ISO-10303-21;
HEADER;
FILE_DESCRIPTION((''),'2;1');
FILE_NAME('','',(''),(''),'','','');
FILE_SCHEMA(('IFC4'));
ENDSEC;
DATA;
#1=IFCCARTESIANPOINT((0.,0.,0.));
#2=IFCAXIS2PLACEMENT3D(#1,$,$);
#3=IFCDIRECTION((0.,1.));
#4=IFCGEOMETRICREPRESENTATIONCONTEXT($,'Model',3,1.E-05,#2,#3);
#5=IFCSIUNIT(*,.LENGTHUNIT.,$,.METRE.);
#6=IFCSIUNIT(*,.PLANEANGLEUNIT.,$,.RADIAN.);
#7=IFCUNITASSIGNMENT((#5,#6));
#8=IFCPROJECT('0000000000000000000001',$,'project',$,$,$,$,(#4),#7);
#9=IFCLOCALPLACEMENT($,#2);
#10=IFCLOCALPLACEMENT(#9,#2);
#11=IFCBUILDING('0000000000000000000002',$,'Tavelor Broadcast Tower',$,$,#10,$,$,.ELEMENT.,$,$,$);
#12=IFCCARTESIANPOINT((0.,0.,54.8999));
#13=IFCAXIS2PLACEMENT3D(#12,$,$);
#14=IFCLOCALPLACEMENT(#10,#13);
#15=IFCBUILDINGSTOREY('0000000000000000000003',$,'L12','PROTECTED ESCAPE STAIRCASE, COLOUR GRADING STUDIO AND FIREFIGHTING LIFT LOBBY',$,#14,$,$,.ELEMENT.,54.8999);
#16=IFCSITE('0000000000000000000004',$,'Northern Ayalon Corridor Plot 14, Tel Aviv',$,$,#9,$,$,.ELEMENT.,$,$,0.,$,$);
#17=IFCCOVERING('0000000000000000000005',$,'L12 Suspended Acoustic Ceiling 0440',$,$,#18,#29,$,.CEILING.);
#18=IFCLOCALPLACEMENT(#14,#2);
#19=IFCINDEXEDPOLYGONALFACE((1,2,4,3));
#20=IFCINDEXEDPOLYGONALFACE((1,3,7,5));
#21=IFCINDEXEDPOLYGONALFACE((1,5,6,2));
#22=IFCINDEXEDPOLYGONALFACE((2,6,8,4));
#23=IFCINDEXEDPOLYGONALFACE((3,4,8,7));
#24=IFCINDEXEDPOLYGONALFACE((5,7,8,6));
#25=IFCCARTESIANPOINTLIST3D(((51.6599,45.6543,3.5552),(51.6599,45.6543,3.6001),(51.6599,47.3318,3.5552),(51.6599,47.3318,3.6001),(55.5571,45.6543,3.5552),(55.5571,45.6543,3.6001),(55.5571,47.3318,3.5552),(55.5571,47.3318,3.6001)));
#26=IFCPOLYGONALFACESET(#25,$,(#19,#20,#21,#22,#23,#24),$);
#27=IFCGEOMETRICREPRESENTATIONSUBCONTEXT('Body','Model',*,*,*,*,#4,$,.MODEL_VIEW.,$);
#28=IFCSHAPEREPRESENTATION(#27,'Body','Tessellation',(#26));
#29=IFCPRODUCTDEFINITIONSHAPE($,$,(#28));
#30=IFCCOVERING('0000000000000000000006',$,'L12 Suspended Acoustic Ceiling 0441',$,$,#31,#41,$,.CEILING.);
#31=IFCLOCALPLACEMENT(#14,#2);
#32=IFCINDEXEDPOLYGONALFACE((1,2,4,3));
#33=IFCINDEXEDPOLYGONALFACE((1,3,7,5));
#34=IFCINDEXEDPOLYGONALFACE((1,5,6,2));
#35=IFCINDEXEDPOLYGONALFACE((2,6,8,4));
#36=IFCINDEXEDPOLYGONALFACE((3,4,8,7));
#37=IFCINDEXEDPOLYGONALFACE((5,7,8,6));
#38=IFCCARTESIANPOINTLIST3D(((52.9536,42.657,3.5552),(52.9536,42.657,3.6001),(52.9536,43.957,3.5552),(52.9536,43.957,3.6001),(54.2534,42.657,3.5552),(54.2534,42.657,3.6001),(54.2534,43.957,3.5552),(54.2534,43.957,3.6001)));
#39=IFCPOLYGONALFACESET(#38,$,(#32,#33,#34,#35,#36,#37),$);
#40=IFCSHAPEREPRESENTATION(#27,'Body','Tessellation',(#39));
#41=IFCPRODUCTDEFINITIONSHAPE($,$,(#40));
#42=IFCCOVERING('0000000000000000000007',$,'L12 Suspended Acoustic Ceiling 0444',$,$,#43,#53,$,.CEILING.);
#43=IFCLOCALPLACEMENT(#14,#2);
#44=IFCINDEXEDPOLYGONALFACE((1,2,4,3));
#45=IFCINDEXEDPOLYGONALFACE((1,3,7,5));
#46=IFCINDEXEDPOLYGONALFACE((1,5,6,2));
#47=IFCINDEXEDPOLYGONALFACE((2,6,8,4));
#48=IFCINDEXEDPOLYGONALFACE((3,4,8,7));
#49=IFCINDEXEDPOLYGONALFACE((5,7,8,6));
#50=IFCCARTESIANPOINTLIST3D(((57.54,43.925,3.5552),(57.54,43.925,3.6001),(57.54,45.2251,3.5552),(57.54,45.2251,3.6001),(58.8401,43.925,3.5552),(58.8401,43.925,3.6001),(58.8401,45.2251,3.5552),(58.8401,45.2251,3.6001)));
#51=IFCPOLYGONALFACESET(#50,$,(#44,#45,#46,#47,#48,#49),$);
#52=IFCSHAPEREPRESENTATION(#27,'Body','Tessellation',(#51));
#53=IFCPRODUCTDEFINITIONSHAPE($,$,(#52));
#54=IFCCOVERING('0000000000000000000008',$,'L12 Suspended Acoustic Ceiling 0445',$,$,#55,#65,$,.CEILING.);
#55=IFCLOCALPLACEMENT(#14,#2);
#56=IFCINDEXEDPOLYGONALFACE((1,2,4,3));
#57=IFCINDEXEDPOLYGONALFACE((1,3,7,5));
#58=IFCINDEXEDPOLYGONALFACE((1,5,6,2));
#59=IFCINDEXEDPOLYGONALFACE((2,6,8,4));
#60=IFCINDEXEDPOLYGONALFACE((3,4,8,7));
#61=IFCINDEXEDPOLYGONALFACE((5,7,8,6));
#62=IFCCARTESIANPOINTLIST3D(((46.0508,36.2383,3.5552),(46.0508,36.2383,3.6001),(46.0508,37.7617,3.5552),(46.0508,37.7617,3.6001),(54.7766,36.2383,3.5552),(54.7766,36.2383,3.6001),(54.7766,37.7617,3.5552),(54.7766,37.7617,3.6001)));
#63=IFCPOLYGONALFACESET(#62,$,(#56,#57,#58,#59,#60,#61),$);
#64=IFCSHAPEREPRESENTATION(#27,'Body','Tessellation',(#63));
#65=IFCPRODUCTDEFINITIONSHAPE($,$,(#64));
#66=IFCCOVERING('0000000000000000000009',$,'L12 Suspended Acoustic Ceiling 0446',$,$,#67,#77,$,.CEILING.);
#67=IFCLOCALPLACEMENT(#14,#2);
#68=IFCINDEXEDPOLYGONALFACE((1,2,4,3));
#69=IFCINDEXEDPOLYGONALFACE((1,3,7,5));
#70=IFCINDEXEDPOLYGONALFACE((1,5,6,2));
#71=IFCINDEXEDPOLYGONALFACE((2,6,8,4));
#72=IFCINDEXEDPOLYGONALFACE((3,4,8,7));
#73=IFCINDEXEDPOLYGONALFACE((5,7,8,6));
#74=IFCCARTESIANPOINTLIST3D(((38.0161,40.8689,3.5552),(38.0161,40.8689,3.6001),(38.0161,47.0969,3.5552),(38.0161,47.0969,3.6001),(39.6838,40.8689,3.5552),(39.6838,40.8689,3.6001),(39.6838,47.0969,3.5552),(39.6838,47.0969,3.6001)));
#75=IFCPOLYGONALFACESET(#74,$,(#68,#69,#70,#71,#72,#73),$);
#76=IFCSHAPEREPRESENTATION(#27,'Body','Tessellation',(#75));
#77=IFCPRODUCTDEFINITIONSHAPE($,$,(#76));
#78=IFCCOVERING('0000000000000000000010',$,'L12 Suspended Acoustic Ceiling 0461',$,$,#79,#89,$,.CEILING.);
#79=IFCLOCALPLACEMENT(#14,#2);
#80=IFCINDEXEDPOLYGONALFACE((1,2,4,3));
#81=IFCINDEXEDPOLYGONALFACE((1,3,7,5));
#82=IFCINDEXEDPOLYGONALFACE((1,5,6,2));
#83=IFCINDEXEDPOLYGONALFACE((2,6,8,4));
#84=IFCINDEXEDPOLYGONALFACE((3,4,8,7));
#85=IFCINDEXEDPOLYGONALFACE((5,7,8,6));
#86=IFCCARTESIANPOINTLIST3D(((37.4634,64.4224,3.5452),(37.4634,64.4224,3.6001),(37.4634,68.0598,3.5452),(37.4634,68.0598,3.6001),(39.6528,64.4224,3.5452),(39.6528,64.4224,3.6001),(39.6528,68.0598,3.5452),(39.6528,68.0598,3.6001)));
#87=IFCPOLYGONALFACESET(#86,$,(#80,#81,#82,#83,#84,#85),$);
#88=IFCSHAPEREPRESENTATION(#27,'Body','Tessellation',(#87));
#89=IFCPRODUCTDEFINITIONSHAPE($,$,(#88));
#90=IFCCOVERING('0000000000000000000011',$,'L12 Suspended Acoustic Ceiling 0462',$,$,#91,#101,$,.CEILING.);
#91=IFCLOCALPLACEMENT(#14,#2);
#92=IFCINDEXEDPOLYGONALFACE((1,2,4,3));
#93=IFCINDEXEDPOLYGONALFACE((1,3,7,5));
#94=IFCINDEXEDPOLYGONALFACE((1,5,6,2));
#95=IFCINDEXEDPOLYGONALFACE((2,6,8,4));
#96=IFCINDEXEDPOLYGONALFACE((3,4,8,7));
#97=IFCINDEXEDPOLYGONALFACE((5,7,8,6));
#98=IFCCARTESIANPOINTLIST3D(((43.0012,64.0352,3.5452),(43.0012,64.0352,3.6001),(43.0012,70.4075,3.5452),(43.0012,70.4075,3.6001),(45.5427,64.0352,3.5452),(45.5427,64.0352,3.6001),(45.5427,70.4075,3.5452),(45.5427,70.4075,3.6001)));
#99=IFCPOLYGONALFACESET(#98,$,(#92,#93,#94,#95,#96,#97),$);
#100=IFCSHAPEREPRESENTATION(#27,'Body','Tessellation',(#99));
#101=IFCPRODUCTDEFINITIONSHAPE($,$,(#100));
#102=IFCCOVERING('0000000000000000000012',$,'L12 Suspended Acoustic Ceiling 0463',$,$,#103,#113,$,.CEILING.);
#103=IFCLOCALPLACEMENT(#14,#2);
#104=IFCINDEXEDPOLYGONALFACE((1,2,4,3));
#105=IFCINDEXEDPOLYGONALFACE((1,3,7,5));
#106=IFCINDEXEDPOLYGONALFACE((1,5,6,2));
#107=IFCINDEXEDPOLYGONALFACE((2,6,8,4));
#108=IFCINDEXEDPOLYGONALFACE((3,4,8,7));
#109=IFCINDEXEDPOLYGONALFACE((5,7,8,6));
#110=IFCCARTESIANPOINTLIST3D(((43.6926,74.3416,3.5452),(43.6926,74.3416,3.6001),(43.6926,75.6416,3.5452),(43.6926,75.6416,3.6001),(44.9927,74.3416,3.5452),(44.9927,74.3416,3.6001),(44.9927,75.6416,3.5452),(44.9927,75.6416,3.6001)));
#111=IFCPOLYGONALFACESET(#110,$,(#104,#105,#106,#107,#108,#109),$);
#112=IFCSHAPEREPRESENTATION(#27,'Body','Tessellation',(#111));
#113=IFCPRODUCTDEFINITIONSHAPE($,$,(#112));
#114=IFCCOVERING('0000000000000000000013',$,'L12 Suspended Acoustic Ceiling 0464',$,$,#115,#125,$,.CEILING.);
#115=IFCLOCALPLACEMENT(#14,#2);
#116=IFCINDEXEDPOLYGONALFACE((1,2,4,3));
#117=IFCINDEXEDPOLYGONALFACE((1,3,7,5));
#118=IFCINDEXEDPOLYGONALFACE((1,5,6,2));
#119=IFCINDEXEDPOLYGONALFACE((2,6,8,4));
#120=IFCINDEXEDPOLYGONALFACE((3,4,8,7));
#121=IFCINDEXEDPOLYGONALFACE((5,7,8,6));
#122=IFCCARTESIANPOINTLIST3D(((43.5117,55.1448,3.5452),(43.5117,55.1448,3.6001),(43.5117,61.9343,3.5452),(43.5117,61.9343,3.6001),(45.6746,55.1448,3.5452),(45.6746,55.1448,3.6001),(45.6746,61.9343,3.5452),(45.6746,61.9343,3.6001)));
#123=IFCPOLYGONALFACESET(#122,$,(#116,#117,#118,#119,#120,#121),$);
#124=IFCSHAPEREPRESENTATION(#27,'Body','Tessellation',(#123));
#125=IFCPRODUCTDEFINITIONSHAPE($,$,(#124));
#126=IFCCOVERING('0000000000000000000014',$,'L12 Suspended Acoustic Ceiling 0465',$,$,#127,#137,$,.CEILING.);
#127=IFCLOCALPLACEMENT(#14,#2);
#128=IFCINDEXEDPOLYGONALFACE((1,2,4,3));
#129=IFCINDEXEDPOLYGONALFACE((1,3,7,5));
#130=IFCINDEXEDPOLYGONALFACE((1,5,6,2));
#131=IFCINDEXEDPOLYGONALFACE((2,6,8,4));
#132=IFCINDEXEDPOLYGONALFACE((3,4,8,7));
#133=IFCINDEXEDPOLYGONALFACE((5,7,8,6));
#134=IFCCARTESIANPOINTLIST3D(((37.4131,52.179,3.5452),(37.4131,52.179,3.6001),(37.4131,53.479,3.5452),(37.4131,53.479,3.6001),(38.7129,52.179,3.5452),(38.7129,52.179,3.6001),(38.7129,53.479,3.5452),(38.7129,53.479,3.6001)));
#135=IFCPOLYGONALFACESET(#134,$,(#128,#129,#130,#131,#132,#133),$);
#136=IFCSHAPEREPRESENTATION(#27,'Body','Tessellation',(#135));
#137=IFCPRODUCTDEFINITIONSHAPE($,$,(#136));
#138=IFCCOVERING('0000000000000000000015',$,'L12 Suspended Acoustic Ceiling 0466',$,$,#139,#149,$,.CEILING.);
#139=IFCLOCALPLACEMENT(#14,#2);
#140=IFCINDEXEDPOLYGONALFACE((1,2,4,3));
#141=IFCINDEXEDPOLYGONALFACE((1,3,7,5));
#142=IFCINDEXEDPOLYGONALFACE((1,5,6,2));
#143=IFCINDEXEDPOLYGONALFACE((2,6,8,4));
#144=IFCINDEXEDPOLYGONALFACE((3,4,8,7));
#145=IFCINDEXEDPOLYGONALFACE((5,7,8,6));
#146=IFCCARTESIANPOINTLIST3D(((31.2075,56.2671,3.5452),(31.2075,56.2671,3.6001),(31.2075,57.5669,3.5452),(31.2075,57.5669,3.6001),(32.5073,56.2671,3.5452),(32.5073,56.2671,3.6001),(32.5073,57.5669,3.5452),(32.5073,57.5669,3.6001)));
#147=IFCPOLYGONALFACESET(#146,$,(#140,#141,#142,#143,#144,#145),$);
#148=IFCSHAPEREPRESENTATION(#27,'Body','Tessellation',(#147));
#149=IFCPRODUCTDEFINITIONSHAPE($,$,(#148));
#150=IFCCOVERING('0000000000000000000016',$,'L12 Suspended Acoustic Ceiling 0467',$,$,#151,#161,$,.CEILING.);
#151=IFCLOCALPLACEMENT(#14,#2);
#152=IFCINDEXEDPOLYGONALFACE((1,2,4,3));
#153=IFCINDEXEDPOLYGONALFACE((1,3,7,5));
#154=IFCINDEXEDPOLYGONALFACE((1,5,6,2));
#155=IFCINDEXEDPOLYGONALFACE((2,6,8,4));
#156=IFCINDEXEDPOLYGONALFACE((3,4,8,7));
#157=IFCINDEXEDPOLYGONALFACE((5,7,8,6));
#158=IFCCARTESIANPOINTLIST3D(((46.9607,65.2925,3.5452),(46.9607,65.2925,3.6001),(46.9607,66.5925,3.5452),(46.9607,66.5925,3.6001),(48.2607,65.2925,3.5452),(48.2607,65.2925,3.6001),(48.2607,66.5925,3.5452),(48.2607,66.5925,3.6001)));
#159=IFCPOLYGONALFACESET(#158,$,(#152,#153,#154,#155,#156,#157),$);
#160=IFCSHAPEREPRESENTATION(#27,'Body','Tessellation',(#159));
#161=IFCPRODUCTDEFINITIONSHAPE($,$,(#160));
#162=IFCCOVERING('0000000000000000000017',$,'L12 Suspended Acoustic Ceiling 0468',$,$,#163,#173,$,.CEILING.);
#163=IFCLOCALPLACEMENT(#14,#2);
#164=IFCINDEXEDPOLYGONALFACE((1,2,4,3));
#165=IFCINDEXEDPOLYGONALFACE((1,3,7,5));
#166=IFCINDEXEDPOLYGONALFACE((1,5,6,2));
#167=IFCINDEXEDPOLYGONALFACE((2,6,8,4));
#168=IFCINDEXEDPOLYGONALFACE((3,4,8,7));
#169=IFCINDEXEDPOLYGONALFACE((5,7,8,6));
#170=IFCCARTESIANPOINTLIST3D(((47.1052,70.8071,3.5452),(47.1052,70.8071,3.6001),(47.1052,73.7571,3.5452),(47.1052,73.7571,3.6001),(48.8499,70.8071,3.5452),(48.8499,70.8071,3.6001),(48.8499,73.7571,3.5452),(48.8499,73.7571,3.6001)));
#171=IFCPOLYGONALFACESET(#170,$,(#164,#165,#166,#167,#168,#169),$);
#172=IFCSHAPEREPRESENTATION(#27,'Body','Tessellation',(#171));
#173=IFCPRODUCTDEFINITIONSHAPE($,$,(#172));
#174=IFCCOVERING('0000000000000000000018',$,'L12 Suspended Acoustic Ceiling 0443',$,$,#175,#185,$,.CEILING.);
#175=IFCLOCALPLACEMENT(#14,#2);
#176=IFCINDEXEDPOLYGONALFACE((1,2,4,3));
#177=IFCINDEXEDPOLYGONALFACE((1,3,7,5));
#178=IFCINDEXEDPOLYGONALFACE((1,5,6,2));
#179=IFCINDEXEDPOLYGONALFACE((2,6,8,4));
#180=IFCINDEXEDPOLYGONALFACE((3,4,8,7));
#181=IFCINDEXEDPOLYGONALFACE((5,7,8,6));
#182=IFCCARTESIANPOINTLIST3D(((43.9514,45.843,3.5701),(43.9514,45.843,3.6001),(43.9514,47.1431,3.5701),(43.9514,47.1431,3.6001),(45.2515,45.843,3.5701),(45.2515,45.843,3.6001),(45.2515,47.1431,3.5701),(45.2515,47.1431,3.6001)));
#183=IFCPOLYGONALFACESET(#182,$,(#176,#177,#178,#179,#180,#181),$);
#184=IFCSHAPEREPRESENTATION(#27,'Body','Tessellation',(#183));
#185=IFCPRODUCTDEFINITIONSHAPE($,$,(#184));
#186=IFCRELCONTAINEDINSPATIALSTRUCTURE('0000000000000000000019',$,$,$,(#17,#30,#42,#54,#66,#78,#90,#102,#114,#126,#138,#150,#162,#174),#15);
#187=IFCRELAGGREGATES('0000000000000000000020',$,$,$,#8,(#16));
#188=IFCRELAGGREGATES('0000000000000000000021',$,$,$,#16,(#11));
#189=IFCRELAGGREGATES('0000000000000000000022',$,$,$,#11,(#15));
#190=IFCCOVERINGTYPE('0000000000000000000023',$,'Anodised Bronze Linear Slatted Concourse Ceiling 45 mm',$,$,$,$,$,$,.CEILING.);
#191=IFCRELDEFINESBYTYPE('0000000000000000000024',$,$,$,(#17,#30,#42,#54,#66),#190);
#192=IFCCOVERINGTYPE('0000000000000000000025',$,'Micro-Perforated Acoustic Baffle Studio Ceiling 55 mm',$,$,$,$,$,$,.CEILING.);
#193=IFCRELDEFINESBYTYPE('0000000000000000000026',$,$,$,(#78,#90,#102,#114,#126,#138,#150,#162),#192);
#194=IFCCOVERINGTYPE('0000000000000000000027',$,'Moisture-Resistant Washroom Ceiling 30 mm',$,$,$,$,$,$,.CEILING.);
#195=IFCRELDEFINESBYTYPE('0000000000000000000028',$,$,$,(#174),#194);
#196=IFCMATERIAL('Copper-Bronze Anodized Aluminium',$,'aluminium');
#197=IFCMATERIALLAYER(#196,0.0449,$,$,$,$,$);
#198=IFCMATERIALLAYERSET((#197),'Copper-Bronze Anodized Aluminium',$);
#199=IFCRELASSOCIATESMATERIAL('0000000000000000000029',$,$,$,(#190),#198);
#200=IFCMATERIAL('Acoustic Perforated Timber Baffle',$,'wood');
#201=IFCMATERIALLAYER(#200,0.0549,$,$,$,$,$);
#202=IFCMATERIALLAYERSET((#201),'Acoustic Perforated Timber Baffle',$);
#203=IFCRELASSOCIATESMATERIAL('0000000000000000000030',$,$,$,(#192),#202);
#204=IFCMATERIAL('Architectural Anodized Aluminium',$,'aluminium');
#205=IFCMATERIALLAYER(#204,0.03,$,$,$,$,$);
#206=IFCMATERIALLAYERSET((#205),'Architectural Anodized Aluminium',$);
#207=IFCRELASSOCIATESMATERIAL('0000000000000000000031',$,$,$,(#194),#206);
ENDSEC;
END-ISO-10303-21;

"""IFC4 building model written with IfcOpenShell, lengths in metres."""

from ifc_helpers import new_model, si_unit, direction, frame, origin, place, context, subcontext, project, spatial, polyline, outline, extrude, material, layer, layer_set, type_object, element, save


model = new_model("IFC4")

# Units and contexts
model_context = context("Model", 3, precision=1e-05, world=origin(), true_north=direction((0.0, 1.0)))
body_context = subcontext(model_context, "Body", "Model", "MODEL_VIEW")
ifc_project = project(units=[si_unit("LENGTHUNIT", "METRE"), si_unit("PLANEANGLEUNIT", "RADIAN")], contexts=[model_context])

# Site, building, storey
site_placement = place(None, origin())
site = spatial("IfcSite", under=ifc_project, at=site_placement, Name="Northern Ayalon Corridor Plot 14, Tel Aviv", CompositionType="ELEMENT", RefElevation=0.0)
building_placement = place(site_placement, origin())
building = spatial("IfcBuilding", under=site, at=building_placement, Name="Tavelor Broadcast Tower", CompositionType="ELEMENT")
storey_placement = place(building_placement, frame((0.0, 0.0, 54.8999)))
storey = spatial("IfcBuildingStorey", under=building, at=storey_placement, Name="L12", Description="PROTECTED ESCAPE STAIRCASE, COLOUR GRADING STUDIO AND FIREFIGHTING LIFT LOBBY", CompositionType="ELEMENT", Elevation=54.8999)

# Coverings
ifc_material_1 = material(Name="Copper-Bronze Anodized Aluminium", Category="aluminium")
ifc_layer_1 = layer(ifc_material_1, 0.0449)
ifc_layer_set_1 = layer_set([ifc_layer_1], Name="Copper-Bronze Anodized Aluminium")
covering_type_1 = type_object("IfcCoveringType", Name="Anodised Bronze Linear Slatted Concourse Ceiling 45 mm", PredefinedType="CEILING", material=ifc_layer_set_1)
covering_1_placement = place(storey_placement, frame((0.0, 0.0, 3.5552)))
element("IfcCovering", 1, at=covering_1_placement, inside=storey, type_object=covering_type_1, Name="L12 Suspended Acoustic Ceiling 0440", PredefinedType="CEILING", context=body_context, shape_type="SweptSolid", body=[
    extrude(outline(polyline([(51.6599, 45.6543), (55.5571, 45.6543), (55.5571, 47.3318), (51.6599, 47.3318), (51.6599, 45.6543)])), origin(), (0.0, 0.0, 1.0), 0.0449),
])
covering_2_placement = place(storey_placement, frame((0.0, 0.0, 3.5552)))
element("IfcCovering", 2, at=covering_2_placement, inside=storey, type_object=covering_type_1, Name="L12 Suspended Acoustic Ceiling 0441", PredefinedType="CEILING", context=body_context, shape_type="SweptSolid", body=[
    extrude(outline(polyline([(52.9536, 42.657), (54.2534, 42.657), (54.2534, 43.957), (52.9536, 43.957), (52.9536, 42.657)])), origin(), (0.0, 0.0, 1.0), 0.0449),
])
covering_3_placement = place(storey_placement, frame((0.0, 0.0, 3.5552)))
element("IfcCovering", 3, at=covering_3_placement, inside=storey, type_object=covering_type_1, Name="L12 Suspended Acoustic Ceiling 0444", PredefinedType="CEILING", context=body_context, shape_type="SweptSolid", body=[
    extrude(outline(polyline([(57.54, 43.925), (58.8401, 43.925), (58.8401, 45.2251), (57.54, 45.2251), (57.54, 43.925)])), origin(), (0.0, 0.0, 1.0), 0.0449),
])
covering_4_placement = place(storey_placement, frame((0.0, 0.0, 3.5552)))
element("IfcCovering", 4, at=covering_4_placement, inside=storey, type_object=covering_type_1, Name="L12 Suspended Acoustic Ceiling 0445", PredefinedType="CEILING", context=body_context, shape_type="SweptSolid", body=[
    extrude(outline(polyline([(46.0508, 36.2383), (54.7766, 36.2383), (54.7766, 37.7617), (46.0508, 37.7617), (46.0508, 36.2383)])), origin(), (0.0, 0.0, 1.0), 0.0449),
])
covering_5_placement = place(storey_placement, frame((0.0, 0.0, 3.5552)))
element("IfcCovering", 5, at=covering_5_placement, inside=storey, type_object=covering_type_1, Name="L12 Suspended Acoustic Ceiling 0446", PredefinedType="CEILING", context=body_context, shape_type="SweptSolid", body=[
    extrude(outline(polyline([(38.0161, 40.8689), (39.6838, 40.8689), (39.6838, 47.0969), (38.0161, 47.0969), (38.0161, 40.8689)])), origin(), (0.0, 0.0, 1.0), 0.0449),
])
ifc_material_2 = material(Name="Acoustic Perforated Timber Baffle", Category="wood")
ifc_layer_2 = layer(ifc_material_2, 0.0549)
ifc_layer_set_2 = layer_set([ifc_layer_2], Name="Acoustic Perforated Timber Baffle")
covering_type_2 = type_object("IfcCoveringType", Name="Micro-Perforated Acoustic Baffle Studio Ceiling 55 mm", PredefinedType="CEILING", material=ifc_layer_set_2)
covering_6_placement = place(storey_placement, frame((0.0, 0.0, 3.5452)))
element("IfcCovering", 6, at=covering_6_placement, inside=storey, type_object=covering_type_2, Name="L12 Suspended Acoustic Ceiling 0461", PredefinedType="CEILING", context=body_context, shape_type="SweptSolid", body=[
    extrude(outline(polyline([(37.4634, 64.4224), (39.6528, 64.4224), (39.6528, 68.0598), (37.4634, 68.0598), (37.4634, 64.4224)])), origin(), (0.0, 0.0, 1.0), 0.0549),
])
covering_7_placement = place(storey_placement, frame((0.0, 0.0, 3.5452)))
element("IfcCovering", 7, at=covering_7_placement, inside=storey, type_object=covering_type_2, Name="L12 Suspended Acoustic Ceiling 0462", PredefinedType="CEILING", context=body_context, shape_type="SweptSolid", body=[
    extrude(outline(polyline([(43.0012, 64.0352), (45.5427, 64.0352), (45.5427, 70.4075), (43.0012, 70.4075), (43.0012, 64.0352)])), origin(), (0.0, 0.0, 1.0), 0.0549),
])
covering_8_placement = place(storey_placement, frame((0.0, 0.0, 3.5452)))
element("IfcCovering", 8, at=covering_8_placement, inside=storey, type_object=covering_type_2, Name="L12 Suspended Acoustic Ceiling 0463", PredefinedType="CEILING", context=body_context, shape_type="SweptSolid", body=[
    extrude(outline(polyline([(43.6926, 74.3416), (44.9927, 74.3416), (44.9927, 75.6416), (43.6926, 75.6416), (43.6926, 74.3416)])), origin(), (0.0, 0.0, 1.0), 0.0549),
])
covering_9_placement = place(storey_placement, frame((0.0, 0.0, 3.5452)))
element("IfcCovering", 9, at=covering_9_placement, inside=storey, type_object=covering_type_2, Name="L12 Suspended Acoustic Ceiling 0464", PredefinedType="CEILING", context=body_context, shape_type="SweptSolid", body=[
    extrude(outline(polyline([(43.5117, 55.1448), (45.6746, 55.1448), (45.6746, 61.9343), (43.5117, 61.9343), (43.5117, 55.1448)])), origin(), (0.0, 0.0, 1.0), 0.0549),
])
covering_10_placement = place(storey_placement, frame((0.0, 0.0, 3.5452)))
element("IfcCovering", 10, at=covering_10_placement, inside=storey, type_object=covering_type_2, Name="L12 Suspended Acoustic Ceiling 0465", PredefinedType="CEILING", context=body_context, shape_type="SweptSolid", body=[
    extrude(outline(polyline([(37.4131, 52.179), (38.7129, 52.179), (38.7129, 53.479), (37.4131, 53.479), (37.4131, 52.179)])), origin(), (0.0, 0.0, 1.0), 0.0549),
])
covering_11_placement = place(storey_placement, frame((0.0, 0.0, 3.5452)))
element("IfcCovering", 11, at=covering_11_placement, inside=storey, type_object=covering_type_2, Name="L12 Suspended Acoustic Ceiling 0466", PredefinedType="CEILING", context=body_context, shape_type="SweptSolid", body=[
    extrude(outline(polyline([(31.2075, 56.2671), (32.5073, 56.2671), (32.5073, 57.5669), (31.2075, 57.5669), (31.2075, 56.2671)])), origin(), (0.0, 0.0, 1.0), 0.0549),
])
covering_12_placement = place(storey_placement, frame((0.0, 0.0, 3.5452)))
element("IfcCovering", 12, at=covering_12_placement, inside=storey, type_object=covering_type_2, Name="L12 Suspended Acoustic Ceiling 0467", PredefinedType="CEILING", context=body_context, shape_type="SweptSolid", body=[
    extrude(outline(polyline([(46.9607, 65.2925), (48.2607, 65.2925), (48.2607, 66.5925), (46.9607, 66.5925), (46.9607, 65.2925)])), origin(), (0.0, 0.0, 1.0), 0.0549),
])
covering_13_placement = place(storey_placement, frame((0.0, 0.0, 3.5452)))
element("IfcCovering", 13, at=covering_13_placement, inside=storey, type_object=covering_type_2, Name="L12 Suspended Acoustic Ceiling 0468", PredefinedType="CEILING", context=body_context, shape_type="SweptSolid", body=[
    extrude(outline(polyline([(47.1052, 70.8071), (48.8499, 70.8071), (48.8499, 73.7571), (47.1052, 73.7571), (47.1052, 70.8071)])), origin(), (0.0, 0.0, 1.0), 0.0549),
])
ifc_material_3 = material(Name="Architectural Anodized Aluminium", Category="aluminium")
ifc_layer_3 = layer(ifc_material_3, 0.03)
ifc_layer_set_3 = layer_set([ifc_layer_3], Name="Architectural Anodized Aluminium")
covering_type_3 = type_object("IfcCoveringType", Name="Moisture-Resistant Washroom Ceiling 30 mm", PredefinedType="CEILING", material=ifc_layer_set_3)
covering_14_placement = place(storey_placement, frame((0.0, 0.0, 3.5701)))
element("IfcCovering", 14, at=covering_14_placement, inside=storey, type_object=covering_type_3, Name="L12 Suspended Acoustic Ceiling 0443", PredefinedType="CEILING", context=body_context, shape_type="SweptSolid", body=[
    extrude(outline(polyline([(43.9514, 45.843), (45.2515, 45.843), (45.2515, 47.1431), (43.9514, 47.1431), (43.9514, 45.843)])), origin(), (0.0, 0.0, 1.0), 0.03),
])

save(model, "model.ifc")
